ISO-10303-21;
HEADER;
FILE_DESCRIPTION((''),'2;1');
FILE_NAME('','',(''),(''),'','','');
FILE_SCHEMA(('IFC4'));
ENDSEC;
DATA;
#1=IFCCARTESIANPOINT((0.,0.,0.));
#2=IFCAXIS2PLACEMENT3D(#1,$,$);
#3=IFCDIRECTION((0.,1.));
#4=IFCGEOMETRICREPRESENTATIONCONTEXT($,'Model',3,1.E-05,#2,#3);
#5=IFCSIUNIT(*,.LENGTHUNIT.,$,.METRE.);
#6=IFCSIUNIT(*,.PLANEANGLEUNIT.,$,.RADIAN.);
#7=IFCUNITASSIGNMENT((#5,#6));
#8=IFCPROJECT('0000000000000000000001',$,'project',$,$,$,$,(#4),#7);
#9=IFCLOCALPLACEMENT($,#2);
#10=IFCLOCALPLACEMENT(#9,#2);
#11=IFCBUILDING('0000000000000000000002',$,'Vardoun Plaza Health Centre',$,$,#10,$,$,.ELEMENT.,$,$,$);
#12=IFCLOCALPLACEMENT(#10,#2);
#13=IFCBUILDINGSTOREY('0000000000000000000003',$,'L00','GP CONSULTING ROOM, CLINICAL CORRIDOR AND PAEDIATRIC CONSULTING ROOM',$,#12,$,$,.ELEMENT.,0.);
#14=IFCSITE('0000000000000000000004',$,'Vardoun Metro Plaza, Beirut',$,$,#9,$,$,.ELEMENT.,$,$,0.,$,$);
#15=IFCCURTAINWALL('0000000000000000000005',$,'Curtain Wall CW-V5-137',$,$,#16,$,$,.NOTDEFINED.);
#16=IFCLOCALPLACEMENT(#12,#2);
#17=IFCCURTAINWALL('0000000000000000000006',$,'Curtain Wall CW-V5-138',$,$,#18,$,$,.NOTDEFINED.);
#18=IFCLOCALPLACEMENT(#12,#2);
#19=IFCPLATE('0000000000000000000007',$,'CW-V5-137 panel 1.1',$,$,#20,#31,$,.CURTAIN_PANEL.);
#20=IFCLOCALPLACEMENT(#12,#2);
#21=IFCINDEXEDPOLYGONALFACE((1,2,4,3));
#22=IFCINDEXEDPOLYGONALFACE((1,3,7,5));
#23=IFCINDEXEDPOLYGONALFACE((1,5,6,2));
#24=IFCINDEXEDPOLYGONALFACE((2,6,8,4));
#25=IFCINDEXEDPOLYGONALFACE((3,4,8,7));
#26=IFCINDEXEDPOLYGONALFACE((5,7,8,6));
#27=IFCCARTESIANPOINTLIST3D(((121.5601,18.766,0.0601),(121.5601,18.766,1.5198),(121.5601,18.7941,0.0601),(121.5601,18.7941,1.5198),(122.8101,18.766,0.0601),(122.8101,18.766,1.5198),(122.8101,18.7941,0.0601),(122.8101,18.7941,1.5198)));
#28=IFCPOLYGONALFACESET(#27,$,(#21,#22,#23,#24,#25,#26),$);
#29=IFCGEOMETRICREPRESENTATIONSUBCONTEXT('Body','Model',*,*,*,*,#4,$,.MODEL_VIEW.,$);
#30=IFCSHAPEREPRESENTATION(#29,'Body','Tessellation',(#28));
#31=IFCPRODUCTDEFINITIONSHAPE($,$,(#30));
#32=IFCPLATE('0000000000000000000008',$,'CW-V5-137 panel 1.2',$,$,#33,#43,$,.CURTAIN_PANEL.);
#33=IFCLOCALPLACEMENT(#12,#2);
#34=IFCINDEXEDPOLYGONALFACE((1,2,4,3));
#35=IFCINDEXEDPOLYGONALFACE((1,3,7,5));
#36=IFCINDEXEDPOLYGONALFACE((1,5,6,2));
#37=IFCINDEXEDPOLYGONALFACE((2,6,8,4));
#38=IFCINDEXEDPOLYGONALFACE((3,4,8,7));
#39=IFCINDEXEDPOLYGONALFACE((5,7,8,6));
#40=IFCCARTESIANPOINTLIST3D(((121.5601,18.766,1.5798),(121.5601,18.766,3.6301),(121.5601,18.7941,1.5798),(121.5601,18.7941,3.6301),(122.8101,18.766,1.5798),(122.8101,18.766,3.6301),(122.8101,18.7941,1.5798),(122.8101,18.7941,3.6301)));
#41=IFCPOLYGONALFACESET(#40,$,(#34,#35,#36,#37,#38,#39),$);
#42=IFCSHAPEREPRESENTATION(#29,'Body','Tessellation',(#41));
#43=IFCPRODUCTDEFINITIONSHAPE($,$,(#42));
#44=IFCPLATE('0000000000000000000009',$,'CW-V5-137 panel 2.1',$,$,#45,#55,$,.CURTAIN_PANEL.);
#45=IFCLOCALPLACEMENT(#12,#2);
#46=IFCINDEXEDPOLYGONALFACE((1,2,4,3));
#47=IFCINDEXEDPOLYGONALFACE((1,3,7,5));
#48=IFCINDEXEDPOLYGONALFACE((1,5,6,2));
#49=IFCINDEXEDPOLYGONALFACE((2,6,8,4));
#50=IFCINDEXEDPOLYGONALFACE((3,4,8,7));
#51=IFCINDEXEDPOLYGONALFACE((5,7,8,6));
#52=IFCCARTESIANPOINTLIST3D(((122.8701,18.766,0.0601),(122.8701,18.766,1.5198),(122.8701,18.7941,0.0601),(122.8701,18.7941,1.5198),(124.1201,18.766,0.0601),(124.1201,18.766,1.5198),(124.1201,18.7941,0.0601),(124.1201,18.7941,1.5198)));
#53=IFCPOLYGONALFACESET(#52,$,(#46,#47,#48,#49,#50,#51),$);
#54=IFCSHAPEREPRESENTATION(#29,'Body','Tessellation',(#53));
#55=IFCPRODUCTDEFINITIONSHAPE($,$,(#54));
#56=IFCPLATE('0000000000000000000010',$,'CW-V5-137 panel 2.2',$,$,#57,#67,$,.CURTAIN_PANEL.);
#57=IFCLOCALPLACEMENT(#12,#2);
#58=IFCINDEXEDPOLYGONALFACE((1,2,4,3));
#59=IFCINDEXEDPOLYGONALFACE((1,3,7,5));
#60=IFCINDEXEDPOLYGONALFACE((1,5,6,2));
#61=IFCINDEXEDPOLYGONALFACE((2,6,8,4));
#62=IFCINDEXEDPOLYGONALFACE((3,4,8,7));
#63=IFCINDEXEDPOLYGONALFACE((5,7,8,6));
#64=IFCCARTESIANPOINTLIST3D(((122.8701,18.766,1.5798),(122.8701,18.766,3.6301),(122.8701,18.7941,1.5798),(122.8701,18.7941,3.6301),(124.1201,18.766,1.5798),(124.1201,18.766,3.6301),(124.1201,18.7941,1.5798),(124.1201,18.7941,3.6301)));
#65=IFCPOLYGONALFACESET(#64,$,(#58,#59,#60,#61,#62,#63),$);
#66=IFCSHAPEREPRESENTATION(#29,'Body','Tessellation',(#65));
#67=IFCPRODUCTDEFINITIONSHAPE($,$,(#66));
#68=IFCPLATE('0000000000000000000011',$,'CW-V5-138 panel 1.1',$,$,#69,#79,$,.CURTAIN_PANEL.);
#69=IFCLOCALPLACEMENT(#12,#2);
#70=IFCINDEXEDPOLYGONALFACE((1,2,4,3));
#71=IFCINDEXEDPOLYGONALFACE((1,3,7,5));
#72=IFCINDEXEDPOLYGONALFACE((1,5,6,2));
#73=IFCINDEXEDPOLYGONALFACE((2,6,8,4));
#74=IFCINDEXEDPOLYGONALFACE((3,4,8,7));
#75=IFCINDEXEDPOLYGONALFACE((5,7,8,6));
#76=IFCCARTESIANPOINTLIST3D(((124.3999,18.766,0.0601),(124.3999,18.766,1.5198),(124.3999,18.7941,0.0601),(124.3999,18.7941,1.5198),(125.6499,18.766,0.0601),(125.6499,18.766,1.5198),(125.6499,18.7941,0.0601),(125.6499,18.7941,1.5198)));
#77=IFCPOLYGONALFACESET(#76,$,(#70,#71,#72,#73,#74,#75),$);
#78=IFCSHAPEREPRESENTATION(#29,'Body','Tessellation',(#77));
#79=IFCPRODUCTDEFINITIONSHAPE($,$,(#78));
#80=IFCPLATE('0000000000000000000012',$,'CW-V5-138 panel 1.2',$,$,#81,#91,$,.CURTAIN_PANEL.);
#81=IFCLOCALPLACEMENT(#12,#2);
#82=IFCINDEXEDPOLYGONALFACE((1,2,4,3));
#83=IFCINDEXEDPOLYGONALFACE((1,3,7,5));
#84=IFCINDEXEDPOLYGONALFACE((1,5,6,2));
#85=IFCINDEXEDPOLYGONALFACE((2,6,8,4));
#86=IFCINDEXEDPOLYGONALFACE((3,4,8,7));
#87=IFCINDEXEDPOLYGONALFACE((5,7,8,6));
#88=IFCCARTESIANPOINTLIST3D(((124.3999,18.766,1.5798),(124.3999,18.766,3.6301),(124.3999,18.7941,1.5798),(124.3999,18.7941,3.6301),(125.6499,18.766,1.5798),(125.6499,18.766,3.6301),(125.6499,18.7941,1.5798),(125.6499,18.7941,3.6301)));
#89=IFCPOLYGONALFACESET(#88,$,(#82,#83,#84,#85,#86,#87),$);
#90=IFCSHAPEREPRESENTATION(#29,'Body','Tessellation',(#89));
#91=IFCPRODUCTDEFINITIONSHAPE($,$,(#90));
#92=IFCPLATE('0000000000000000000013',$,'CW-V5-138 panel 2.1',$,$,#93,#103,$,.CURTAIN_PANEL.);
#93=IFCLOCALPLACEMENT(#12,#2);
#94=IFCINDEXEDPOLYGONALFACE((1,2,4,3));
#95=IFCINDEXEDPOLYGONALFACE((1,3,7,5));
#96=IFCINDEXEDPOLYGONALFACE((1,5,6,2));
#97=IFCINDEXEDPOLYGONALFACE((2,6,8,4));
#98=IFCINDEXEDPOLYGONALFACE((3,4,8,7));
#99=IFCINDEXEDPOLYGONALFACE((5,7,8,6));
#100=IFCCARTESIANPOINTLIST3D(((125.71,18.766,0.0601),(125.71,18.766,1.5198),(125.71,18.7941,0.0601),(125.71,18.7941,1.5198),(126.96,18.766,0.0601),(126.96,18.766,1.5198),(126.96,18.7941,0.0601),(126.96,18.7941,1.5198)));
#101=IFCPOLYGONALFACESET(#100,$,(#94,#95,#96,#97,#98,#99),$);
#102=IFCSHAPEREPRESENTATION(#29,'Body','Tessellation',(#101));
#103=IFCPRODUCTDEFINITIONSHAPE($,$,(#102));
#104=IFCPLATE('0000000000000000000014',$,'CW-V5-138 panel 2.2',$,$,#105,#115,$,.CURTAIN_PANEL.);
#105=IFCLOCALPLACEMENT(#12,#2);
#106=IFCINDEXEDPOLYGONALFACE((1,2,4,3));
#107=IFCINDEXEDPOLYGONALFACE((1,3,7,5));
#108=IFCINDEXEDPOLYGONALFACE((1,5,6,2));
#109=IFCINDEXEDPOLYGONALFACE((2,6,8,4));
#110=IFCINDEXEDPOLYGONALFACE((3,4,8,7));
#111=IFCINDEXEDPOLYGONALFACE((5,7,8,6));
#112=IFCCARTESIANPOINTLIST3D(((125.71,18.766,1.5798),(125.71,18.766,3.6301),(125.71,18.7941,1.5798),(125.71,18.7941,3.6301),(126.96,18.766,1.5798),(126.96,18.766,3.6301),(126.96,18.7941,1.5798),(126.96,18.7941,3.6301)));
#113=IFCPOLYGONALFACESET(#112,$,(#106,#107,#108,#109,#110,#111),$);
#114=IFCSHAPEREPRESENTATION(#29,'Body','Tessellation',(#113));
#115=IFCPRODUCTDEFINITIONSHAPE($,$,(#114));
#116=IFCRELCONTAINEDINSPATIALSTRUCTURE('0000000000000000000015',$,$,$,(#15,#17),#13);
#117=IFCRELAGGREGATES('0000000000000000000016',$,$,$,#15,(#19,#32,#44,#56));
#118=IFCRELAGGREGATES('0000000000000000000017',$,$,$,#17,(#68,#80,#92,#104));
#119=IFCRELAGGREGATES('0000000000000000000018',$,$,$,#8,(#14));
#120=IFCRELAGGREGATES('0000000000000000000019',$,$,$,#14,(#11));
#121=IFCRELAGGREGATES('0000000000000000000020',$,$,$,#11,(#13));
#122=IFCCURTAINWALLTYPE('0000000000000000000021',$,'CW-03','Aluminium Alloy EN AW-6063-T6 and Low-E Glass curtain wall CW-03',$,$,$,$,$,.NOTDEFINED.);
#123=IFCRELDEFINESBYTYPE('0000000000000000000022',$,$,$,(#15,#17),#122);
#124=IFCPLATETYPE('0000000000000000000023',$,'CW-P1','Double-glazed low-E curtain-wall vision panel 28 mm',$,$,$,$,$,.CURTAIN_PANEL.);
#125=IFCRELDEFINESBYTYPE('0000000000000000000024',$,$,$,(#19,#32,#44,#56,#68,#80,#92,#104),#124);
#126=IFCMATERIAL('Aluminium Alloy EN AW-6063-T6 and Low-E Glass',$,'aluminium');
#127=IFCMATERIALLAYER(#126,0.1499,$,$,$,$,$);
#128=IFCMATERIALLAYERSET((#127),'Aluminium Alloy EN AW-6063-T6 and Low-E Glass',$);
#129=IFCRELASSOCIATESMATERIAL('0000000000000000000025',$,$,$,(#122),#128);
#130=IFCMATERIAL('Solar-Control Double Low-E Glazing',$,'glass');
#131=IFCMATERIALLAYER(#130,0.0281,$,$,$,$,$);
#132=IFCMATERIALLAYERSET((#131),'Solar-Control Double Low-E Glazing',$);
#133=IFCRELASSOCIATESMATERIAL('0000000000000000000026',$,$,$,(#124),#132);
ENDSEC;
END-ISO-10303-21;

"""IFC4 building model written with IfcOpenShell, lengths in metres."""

from ifc_helpers import new_model, si_unit, direction, frame, origin, origin_2d, place, context, subcontext, project, spatial, rectangle, extrude, material, layer, layer_set, type_object, element, aggregate, save


model = new_model("IFC4")

# Units and contexts
model_context = context("Model", 3, precision=1e-05, world=origin(), true_north=direction((0.0, 1.0)))
body_context = subcontext(model_context, "Body", "Model", "MODEL_VIEW")
ifc_project = project(units=[si_unit("LENGTHUNIT", "METRE"), si_unit("PLANEANGLEUNIT", "RADIAN")], contexts=[model_context])

# Site, building, storey
site_placement = place(None, origin())
site = spatial("IfcSite", under=ifc_project, at=site_placement, Name="Vardoun Metro Plaza, Beirut", CompositionType="ELEMENT", RefElevation=0.0)
building_placement = place(site_placement, origin())
building = spatial("IfcBuilding", under=site, at=building_placement, Name="Vardoun Plaza Health Centre", CompositionType="ELEMENT")
storey_placement = place(building_placement, origin())
storey = spatial("IfcBuildingStorey", under=building, at=storey_placement, Name="L00", Description="GP CONSULTING ROOM, CLINICAL CORRIDOR AND PAEDIATRIC CONSULTING ROOM", CompositionType="ELEMENT", Elevation=0.0)

# Curtain walls
ifc_material_1 = material(Name="Aluminium Alloy EN AW-6063-T6 and Low-E Glass", Category="aluminium")
ifc_layer_1 = layer(ifc_material_1, 0.1499)
ifc_layer_set_1 = layer_set([ifc_layer_1], Name="Aluminium Alloy EN AW-6063-T6 and Low-E Glass")
curtain_wall_type = type_object("IfcCurtainWallType", Name="CW-03", Description="Aluminium Alloy EN AW-6063-T6 and Low-E Glass curtain wall CW-03", PredefinedType="NOTDEFINED", material=ifc_layer_set_1)
curtain_wall_1_placement = place(storey_placement, origin())
curtain_wall_1 = element("IfcCurtainWall", 1, at=curtain_wall_1_placement, inside=storey, type_object=curtain_wall_type, Name="Curtain Wall CW-V5-137", PredefinedType="NOTDEFINED")
curtain_wall_2_placement = place(storey_placement, origin())
curtain_wall_2 = element("IfcCurtainWall", 2, at=curtain_wall_2_placement, inside=storey, type_object=curtain_wall_type, Name="Curtain Wall CW-V5-138", PredefinedType="NOTDEFINED")

# Plates
ifc_material_2 = material(Name="Solar-Control Double Low-E Glazing", Category="glass")
ifc_layer_2 = layer(ifc_material_2, 0.0281)
ifc_layer_set_2 = layer_set([ifc_layer_2], Name="Solar-Control Double Low-E Glazing")
plate_type = type_object("IfcPlateType", Name="CW-P1", Description="Double-glazed low-E curtain-wall vision panel 28 mm", PredefinedType="CURTAIN_PANEL", material=ifc_layer_set_2)
plate_1_placement = place(storey_placement, frame((122.1851, 18.78, 0.0601), z_axis=(0.0, 0.0, 1.0), x_axis=(1.0, 0.0, 0.0)))
plate_1 = element("IfcPlate", 3, at=plate_1_placement, type_object=plate_type, Name="CW-V5-137 panel 1.1", PredefinedType="CURTAIN_PANEL", context=body_context, shape_type="SweptSolid", body=[
    extrude(rectangle(XDim=1.25, YDim=0.0281, at=origin_2d()), origin(), (0.0, 0.0, 1.0), 1.4597),
])
plate_2_placement = place(storey_placement, frame((122.1851, 18.78, 1.5798), z_axis=(0.0, 0.0, 1.0), x_axis=(1.0, 0.0, 0.0)))
plate_2 = element("IfcPlate", 4, at=plate_2_placement, type_object=plate_type, Name="CW-V5-137 panel 1.2", PredefinedType="CURTAIN_PANEL", context=body_context, shape_type="SweptSolid", body=[
    extrude(rectangle(XDim=1.25, YDim=0.0281, at=origin_2d()), origin(), (0.0, 0.0, 1.0), 2.0503),
])
plate_3_placement = place(storey_placement, frame((123.4951, 18.78, 0.0601), z_axis=(0.0, 0.0, 1.0), x_axis=(1.0, 0.0, 0.0)))
plate_3 = element("IfcPlate", 5, at=plate_3_placement, type_object=plate_type, Name="CW-V5-137 panel 2.1", PredefinedType="CURTAIN_PANEL", context=body_context, shape_type="SweptSolid", body=[
    extrude(rectangle(XDim=1.25, YDim=0.0281, at=origin_2d()), origin(), (0.0, 0.0, 1.0), 1.4597),
])
plate_4_placement = place(storey_placement, frame((123.4951, 18.78, 1.5798), z_axis=(0.0, 0.0, 1.0), x_axis=(1.0, 0.0, 0.0)))
plate_4 = element("IfcPlate", 6, at=plate_4_placement, type_object=plate_type, Name="CW-V5-137 panel 2.2", PredefinedType="CURTAIN_PANEL", context=body_context, shape_type="SweptSolid", body=[
    extrude(rectangle(XDim=1.25, YDim=0.0281, at=origin_2d()), origin(), (0.0, 0.0, 1.0), 2.0503),
])
aggregate(curtain_wall_1, [plate_1, plate_2, plate_3, plate_4])
plate_5_placement = place(storey_placement, frame((125.0249, 18.78, 0.0601), z_axis=(0.0, 0.0, 1.0), x_axis=(1.0, 0.0, 0.0)))
plate_5 = element("IfcPlate", 7, at=plate_5_placement, type_object=plate_type, Name="CW-V5-138 panel 1.1", PredefinedType="CURTAIN_PANEL", context=body_context, shape_type="SweptSolid", body=[
    extrude(rectangle(XDim=1.25, YDim=0.0281, at=origin_2d()), origin(), (0.0, 0.0, 1.0), 1.4597),
])
plate_6_placement = place(storey_placement, frame((125.0249, 18.78, 1.5798), z_axis=(0.0, 0.0, 1.0), x_axis=(1.0, 0.0, 0.0)))
plate_6 = element("IfcPlate", 8, at=plate_6_placement, type_object=plate_type, Name="CW-V5-138 panel 1.2", PredefinedType="CURTAIN_PANEL", context=body_context, shape_type="SweptSolid", body=[
    extrude(rectangle(XDim=1.25, YDim=0.0281, at=origin_2d()), origin(), (0.0, 0.0, 1.0), 2.0503),
])
plate_7_placement = place(storey_placement, frame((126.335, 18.78, 0.0601), z_axis=(0.0, 0.0, 1.0), x_axis=(1.0, 0.0, 0.0)))
plate_7 = element("IfcPlate", 9, at=plate_7_placement, type_object=plate_type, Name="CW-V5-138 panel 2.1", PredefinedType="CURTAIN_PANEL", context=body_context, shape_type="SweptSolid", body=[
    extrude(rectangle(XDim=1.25, YDim=0.0281, at=origin_2d()), origin(), (0.0, 0.0, 1.0), 1.4597),
])
plate_8_placement = place(storey_placement, frame((126.335, 18.78, 1.5798), z_axis=(0.0, 0.0, 1.0), x_axis=(1.0, 0.0, 0.0)))
plate_8 = element("IfcPlate", 10, at=plate_8_placement, type_object=plate_type, Name="CW-V5-138 panel 2.2", PredefinedType="CURTAIN_PANEL", context=body_context, shape_type="SweptSolid", body=[
    extrude(rectangle(XDim=1.25, YDim=0.0281, at=origin_2d()), origin(), (0.0, 0.0, 1.0), 2.0503),
])
aggregate(curtain_wall_2, [plate_5, plate_6, plate_7, plate_8])

save(model, "model.ifc")
